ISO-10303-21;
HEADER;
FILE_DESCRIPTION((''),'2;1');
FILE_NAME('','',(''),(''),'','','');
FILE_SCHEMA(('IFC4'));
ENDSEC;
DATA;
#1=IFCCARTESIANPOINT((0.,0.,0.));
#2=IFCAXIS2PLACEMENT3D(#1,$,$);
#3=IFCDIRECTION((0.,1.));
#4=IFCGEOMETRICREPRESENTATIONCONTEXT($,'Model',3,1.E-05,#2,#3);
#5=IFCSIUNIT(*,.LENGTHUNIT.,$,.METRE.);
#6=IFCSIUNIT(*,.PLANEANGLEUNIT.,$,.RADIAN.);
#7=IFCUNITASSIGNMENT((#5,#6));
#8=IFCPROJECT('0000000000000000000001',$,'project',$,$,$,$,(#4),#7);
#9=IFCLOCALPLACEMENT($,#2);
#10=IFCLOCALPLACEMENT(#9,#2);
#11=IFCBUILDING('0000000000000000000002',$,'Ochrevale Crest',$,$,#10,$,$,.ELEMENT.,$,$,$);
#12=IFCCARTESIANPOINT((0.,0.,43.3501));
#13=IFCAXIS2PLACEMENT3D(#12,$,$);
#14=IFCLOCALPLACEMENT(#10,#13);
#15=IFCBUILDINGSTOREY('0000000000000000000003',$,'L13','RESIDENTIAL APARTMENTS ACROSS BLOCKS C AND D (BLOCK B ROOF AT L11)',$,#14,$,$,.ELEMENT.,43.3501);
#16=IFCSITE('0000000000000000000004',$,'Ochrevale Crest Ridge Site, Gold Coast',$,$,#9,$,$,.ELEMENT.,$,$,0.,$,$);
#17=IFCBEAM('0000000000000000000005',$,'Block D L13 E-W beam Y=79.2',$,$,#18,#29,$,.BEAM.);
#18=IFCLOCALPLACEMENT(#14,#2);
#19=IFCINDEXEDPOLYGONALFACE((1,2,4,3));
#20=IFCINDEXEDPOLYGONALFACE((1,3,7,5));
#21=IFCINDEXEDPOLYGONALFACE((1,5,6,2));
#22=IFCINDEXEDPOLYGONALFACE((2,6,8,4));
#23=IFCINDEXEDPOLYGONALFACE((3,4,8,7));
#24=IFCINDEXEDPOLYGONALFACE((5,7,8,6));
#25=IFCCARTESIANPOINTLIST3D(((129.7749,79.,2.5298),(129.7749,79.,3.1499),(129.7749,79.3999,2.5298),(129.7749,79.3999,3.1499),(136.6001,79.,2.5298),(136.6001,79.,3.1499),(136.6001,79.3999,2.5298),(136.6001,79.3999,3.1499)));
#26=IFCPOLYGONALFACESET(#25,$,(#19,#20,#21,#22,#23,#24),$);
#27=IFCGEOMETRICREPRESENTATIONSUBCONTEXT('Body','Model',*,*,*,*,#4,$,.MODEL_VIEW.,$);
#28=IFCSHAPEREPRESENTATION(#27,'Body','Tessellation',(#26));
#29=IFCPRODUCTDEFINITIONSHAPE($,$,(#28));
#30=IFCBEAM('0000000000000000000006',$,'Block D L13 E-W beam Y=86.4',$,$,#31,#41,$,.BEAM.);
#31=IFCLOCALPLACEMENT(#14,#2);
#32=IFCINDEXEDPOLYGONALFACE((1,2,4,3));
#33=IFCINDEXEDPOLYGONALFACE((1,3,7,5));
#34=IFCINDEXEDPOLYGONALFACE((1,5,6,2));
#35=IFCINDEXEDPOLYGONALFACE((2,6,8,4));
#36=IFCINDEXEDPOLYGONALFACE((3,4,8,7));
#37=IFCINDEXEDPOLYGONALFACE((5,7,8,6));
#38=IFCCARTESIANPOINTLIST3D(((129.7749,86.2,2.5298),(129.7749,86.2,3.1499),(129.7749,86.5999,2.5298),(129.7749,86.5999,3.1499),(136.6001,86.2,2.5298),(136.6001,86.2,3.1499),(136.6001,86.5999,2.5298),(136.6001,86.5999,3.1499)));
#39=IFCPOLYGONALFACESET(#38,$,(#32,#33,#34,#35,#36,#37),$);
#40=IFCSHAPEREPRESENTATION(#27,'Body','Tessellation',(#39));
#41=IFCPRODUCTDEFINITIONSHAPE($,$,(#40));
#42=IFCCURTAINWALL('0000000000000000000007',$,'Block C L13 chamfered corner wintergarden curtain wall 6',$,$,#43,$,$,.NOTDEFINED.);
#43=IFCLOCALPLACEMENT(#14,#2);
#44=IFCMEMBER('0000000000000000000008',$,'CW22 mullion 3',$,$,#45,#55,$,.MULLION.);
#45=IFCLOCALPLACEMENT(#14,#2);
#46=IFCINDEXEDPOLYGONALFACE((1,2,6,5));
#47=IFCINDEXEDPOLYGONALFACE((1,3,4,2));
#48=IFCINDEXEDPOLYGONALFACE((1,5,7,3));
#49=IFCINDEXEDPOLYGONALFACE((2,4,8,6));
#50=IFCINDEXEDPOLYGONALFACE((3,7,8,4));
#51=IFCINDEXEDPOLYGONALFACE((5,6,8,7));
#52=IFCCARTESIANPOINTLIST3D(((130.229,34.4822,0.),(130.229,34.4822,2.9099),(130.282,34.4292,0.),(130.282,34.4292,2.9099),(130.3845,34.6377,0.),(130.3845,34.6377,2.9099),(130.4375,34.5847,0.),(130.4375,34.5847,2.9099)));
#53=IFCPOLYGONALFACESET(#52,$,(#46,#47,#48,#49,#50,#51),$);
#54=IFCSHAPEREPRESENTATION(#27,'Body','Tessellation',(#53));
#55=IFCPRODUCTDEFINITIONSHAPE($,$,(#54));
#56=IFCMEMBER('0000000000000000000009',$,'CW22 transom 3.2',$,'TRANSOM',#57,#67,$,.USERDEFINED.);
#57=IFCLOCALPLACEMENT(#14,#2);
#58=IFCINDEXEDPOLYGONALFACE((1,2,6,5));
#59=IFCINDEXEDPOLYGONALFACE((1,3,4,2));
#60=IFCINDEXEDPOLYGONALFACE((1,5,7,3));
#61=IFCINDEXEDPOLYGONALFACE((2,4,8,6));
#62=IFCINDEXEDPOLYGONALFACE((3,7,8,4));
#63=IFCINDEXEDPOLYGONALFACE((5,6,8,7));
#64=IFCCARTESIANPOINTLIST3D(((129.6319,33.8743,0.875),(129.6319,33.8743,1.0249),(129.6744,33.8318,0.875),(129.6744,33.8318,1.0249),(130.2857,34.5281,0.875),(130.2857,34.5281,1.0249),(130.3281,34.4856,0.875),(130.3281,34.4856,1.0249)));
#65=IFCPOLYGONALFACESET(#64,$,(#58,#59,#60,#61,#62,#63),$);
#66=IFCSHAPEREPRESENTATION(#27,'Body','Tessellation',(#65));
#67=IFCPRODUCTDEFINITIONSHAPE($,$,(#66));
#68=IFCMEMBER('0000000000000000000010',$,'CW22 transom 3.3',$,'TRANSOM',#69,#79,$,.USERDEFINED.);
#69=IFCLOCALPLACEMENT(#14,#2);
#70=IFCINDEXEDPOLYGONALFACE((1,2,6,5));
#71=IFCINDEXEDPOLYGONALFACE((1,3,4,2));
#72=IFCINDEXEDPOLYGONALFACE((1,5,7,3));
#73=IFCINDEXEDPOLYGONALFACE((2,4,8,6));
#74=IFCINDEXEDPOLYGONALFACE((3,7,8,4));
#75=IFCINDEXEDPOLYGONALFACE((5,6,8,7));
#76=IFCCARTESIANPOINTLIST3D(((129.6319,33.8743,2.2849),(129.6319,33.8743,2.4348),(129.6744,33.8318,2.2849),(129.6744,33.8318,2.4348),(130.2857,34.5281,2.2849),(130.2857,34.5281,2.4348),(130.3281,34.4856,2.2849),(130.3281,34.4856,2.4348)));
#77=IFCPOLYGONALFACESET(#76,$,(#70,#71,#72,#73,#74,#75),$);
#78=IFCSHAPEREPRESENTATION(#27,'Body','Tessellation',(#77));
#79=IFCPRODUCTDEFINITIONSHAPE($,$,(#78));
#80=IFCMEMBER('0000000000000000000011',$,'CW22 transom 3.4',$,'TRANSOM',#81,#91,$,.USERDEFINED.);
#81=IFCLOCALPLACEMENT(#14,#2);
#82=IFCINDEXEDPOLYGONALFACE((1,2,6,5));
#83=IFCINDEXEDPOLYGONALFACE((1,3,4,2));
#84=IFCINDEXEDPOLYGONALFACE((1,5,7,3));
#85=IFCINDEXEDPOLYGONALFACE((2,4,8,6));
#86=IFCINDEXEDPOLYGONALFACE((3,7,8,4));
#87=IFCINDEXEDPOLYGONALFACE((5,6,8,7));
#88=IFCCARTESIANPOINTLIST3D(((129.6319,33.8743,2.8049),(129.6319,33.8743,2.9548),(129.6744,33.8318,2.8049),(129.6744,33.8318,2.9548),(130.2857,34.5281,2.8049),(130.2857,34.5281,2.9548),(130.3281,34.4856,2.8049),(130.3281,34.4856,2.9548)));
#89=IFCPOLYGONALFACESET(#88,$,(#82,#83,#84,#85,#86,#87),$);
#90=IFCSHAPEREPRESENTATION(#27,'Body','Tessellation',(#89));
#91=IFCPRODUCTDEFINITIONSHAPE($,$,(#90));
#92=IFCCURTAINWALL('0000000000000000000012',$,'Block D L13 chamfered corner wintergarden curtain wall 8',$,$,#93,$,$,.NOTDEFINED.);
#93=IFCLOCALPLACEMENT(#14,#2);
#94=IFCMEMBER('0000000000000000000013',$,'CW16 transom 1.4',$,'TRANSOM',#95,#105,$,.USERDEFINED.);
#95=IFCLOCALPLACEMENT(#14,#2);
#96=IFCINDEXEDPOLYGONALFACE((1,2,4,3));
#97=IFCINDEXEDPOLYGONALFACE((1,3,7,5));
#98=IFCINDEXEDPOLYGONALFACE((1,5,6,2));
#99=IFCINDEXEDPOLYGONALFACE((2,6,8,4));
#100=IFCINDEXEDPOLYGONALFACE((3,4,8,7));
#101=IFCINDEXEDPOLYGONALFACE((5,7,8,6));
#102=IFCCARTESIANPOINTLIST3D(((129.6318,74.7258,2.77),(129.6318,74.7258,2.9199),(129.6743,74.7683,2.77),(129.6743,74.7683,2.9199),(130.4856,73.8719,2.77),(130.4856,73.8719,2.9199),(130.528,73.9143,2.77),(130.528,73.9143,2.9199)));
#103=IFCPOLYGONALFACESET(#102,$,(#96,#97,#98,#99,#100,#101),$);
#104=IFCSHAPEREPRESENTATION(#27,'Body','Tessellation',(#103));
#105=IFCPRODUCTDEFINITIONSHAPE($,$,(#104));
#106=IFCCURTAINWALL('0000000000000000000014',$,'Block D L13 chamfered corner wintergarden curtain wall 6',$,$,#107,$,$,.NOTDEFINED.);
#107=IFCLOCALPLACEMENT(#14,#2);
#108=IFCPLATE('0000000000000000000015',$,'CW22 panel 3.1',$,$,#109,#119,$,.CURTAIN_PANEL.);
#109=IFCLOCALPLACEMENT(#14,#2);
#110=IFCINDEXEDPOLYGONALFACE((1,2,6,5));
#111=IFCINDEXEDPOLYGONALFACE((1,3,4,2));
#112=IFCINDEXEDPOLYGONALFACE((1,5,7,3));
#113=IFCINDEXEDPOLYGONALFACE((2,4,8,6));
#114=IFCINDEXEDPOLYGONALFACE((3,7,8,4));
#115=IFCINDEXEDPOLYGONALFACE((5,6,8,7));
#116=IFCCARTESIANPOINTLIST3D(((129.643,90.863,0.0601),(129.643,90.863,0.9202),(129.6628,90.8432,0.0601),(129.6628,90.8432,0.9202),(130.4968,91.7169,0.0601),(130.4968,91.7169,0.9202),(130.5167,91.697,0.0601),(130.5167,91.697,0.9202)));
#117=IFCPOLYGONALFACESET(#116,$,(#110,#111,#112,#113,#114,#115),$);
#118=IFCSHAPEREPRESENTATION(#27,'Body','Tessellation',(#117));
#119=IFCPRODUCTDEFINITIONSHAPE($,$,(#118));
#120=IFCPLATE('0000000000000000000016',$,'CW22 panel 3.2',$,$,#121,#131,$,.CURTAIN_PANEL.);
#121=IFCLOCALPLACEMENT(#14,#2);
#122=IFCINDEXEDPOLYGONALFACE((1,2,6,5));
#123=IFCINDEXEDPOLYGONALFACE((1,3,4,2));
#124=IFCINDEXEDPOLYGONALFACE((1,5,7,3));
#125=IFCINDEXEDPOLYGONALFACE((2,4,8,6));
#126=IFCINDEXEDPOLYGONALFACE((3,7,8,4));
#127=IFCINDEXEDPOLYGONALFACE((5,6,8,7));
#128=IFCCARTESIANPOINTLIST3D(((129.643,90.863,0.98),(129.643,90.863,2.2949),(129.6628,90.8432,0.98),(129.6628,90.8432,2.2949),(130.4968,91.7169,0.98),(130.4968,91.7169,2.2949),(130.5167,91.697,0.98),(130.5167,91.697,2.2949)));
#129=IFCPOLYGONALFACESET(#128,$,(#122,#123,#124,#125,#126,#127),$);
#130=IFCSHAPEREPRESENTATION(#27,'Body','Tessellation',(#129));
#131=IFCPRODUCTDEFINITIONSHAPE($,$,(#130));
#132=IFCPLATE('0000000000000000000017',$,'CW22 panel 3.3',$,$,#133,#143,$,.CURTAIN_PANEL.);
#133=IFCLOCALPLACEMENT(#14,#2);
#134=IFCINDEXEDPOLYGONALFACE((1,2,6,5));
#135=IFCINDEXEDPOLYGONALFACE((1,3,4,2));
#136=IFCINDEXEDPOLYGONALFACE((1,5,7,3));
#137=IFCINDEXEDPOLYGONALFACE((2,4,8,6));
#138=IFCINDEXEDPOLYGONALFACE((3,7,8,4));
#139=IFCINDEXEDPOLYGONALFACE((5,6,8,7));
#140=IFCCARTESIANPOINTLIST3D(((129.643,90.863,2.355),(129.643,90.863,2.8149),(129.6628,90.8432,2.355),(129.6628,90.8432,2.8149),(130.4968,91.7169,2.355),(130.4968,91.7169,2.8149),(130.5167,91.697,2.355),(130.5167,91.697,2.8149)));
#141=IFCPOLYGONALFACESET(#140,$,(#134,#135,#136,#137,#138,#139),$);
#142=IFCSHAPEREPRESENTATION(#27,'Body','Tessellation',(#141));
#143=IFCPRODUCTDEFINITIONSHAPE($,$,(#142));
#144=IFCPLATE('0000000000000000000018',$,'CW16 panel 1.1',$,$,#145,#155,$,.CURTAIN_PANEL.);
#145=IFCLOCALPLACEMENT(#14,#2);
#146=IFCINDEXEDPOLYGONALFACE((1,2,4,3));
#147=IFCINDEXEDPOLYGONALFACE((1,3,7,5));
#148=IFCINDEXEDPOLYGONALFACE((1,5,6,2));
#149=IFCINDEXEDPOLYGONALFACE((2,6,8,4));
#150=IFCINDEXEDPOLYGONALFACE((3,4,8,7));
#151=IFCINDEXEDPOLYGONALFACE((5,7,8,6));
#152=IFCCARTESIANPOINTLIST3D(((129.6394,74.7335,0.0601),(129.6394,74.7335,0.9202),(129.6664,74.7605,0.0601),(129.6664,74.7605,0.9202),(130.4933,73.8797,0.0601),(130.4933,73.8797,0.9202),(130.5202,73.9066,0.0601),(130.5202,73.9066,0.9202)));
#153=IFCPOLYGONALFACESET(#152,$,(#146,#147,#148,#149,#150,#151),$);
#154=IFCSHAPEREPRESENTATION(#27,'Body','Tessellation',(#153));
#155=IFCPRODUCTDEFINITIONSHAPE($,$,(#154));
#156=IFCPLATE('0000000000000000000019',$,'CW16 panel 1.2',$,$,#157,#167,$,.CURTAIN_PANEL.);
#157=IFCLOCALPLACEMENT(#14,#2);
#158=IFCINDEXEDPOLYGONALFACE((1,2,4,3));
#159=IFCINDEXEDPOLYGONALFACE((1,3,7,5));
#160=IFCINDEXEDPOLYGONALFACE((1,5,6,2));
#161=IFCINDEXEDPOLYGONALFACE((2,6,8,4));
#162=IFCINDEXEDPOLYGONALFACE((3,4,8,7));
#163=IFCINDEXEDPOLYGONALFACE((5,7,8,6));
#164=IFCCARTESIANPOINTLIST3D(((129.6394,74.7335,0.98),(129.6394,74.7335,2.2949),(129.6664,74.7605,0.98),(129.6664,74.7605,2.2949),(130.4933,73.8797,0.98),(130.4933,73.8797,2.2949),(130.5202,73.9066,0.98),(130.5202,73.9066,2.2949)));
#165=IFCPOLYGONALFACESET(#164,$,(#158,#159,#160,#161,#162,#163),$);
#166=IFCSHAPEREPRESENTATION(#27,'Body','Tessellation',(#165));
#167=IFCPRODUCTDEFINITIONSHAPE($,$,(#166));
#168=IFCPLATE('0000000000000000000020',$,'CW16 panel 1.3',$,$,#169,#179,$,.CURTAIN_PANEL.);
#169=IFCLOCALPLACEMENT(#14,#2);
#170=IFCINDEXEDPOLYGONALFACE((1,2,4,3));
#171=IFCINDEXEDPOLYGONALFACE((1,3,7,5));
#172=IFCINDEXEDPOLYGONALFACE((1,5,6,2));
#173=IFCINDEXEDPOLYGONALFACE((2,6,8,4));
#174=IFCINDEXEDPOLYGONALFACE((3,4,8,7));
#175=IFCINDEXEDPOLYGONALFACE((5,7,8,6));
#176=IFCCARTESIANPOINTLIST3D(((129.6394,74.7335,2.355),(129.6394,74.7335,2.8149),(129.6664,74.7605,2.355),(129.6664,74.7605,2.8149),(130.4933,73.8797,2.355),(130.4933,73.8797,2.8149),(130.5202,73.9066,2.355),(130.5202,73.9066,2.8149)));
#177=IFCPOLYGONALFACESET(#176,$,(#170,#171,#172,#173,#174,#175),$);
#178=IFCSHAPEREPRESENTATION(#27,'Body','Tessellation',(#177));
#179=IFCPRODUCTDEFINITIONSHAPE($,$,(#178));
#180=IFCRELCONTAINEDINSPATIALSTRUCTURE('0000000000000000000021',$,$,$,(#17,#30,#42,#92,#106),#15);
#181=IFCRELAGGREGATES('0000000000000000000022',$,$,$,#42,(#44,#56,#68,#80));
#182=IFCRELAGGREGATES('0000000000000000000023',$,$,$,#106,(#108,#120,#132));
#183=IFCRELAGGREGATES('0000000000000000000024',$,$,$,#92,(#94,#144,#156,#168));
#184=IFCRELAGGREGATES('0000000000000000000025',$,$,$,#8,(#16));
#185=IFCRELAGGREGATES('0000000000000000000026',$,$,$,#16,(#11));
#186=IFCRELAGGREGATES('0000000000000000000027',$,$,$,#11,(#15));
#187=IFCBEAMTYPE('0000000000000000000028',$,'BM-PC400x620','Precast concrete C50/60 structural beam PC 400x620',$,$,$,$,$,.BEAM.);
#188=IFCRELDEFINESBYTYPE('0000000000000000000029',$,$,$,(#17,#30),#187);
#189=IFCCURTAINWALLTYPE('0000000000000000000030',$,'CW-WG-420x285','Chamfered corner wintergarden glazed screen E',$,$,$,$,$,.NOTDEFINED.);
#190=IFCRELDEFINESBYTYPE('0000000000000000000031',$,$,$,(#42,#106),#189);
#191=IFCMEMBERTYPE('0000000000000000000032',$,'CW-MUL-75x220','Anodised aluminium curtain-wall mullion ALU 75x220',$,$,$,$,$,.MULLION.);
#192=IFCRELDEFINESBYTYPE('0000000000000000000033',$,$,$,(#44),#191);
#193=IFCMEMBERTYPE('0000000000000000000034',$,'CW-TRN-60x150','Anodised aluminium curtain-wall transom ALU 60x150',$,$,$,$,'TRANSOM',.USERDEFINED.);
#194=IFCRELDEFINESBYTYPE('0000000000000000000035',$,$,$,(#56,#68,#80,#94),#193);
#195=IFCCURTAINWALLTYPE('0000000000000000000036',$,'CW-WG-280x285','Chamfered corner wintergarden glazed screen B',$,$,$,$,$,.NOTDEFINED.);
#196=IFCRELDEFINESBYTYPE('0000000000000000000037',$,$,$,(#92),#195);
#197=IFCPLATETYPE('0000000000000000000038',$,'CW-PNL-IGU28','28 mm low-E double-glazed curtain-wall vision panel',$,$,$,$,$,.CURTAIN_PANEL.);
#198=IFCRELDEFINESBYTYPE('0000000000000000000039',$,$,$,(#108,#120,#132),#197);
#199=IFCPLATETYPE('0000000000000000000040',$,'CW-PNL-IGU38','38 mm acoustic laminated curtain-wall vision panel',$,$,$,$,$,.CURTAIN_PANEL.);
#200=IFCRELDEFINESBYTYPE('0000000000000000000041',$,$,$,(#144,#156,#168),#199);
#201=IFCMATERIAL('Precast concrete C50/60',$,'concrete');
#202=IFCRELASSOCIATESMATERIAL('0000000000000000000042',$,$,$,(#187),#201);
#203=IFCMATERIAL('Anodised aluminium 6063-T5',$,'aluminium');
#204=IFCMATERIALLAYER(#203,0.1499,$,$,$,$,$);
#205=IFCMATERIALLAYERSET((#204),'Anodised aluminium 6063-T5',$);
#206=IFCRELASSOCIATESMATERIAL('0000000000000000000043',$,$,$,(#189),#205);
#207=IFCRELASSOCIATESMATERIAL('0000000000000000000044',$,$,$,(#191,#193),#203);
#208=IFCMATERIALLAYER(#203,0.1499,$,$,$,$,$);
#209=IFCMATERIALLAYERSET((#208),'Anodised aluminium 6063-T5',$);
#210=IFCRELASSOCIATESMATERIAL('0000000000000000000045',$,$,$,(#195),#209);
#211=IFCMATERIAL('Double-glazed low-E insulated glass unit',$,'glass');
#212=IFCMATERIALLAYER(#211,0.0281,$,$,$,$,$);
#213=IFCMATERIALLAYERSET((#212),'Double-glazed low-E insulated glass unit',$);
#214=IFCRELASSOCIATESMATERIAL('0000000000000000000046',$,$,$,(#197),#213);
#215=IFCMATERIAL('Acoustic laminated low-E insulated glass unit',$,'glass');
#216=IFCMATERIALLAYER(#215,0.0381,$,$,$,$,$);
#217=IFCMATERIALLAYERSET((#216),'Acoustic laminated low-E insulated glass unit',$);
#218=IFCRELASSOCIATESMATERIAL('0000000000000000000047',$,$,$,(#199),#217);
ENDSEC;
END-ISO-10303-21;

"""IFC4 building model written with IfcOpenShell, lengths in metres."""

from ifc_helpers import new_model, si_unit, direction, frame, origin, origin_2d, place, context, subcontext, project, spatial, rectangle, extrude, material, layer, layer_set, material_profile, profile_set, type_object, element, aggregate, save


model = new_model("IFC4")

# Units and contexts
model_context = context("Model", 3, precision=1e-05, world=origin(), true_north=direction((0.0, 1.0)))
body_context = subcontext(model_context, "Body", "Model", "MODEL_VIEW")
ifc_project = project(units=[si_unit("LENGTHUNIT", "METRE"), si_unit("PLANEANGLEUNIT", "RADIAN")], contexts=[model_context])

# Site, building, storey
site_placement = place(None, origin())
site = spatial("IfcSite", under=ifc_project, at=site_placement, Name="Ochrevale Crest Ridge Site, Gold Coast", CompositionType="ELEMENT", RefElevation=0.0)
building_placement = place(site_placement, origin())
building = spatial("IfcBuilding", under=site, at=building_placement, Name="Ochrevale Crest", CompositionType="ELEMENT")
storey_placement = place(building_placement, frame((0.0, 0.0, 43.3501)))
storey = spatial("IfcBuildingStorey", under=building, at=storey_placement, Name="L13", Description="RESIDENTIAL APARTMENTS ACROSS BLOCKS C AND D (BLOCK B ROOF AT L11)", CompositionType="ELEMENT", Elevation=43.3501)

# Beams
ifc_material_1 = material(Name="Precast concrete C50/60", Category="concrete")
ifc_material_profile_1 = material_profile(ifc_material_1, rectangle(XDim=0.3999, YDim=0.6201, at=origin_2d()), Name="PC 400x620")
ifc_profile_set_1 = profile_set([ifc_material_profile_1], Name="Precast concrete C50/60")
beam_type = type_object("IfcBeamType", Name="BM-PC400x620", Description="Precast concrete C50/60 structural beam PC 400x620", PredefinedType="BEAM", material=ifc_profile_set_1)
for number, where, z_axis, x_axis, name in (
    (1, (129.7749, 79.2, 2.8398), (1.0, 0.0, 0.0), (0.0, 1.0, 0.0), "Block D L13 E-W beam Y=79.2"),
    (2, (129.7749, 86.3999, 2.8398), (1.0, 0.0, 0.0), (0.0, 1.0, 0.0), "Block D L13 E-W beam Y=86.4"),
):
    element("IfcBeam", number, at=place(storey_placement, frame(where, z_axis=z_axis, x_axis=x_axis)), inside=storey, type_object=beam_type, Name=name, PredefinedType="BEAM", context=body_context, shape_type="SweptSolid", body=[
        extrude(rectangle(XDim=0.3999, YDim=0.6201, at=origin_2d()), origin(), (0.0, 0.0, 1.0), 6.8252),
    ])

# Curtain wall, members
ifc_material_2 = material(Name="Anodised aluminium 6063-T5", Category="aluminium")
ifc_layer_1 = layer(ifc_material_2, 0.1499)
ifc_layer_set_1 = layer_set([ifc_layer_1], Name="Anodised aluminium 6063-T5")
curtain_wall_type_1 = type_object("IfcCurtainWallType", Name="CW-WG-420x285", Description="Chamfered corner wintergarden glazed screen E", PredefinedType="NOTDEFINED", material=ifc_layer_set_1)
curtain_wall_1_placement = place(storey_placement, origin())
curtain_wall_1 = element("IfcCurtainWall", 3, at=curtain_wall_1_placement, inside=storey, type_object=curtain_wall_type_1, Name="Block C L13 chamfered corner wintergarden curtain wall 6", PredefinedType="NOTDEFINED")
ifc_material_profile_2 = material_profile(ifc_material_2, rectangle(XDim=0.075, YDim=0.22, at=origin_2d()), Name="ALU 75x220")
ifc_profile_set_2 = profile_set([ifc_material_profile_2], Name="Anodised aluminium 6063-T5")
member_type_1 = type_object("IfcMemberType", Name="CW-MUL-75x220", Description="Anodised aluminium curtain-wall mullion ALU 75x220", PredefinedType="MULLION", material=ifc_profile_set_2)
member_1_placement = place(storey_placement, frame((130.3333, 34.5334, 0.0), z_axis=(0.0, 0.0, 1.0), x_axis=(0.707107, -0.707107, 0.0)))
member_1 = element("IfcMember", 4, at=member_1_placement, type_object=member_type_1, Name="CW22 mullion 3", PredefinedType="MULLION", context=body_context, shape_type="SweptSolid", body=[
    extrude(rectangle(XDim=0.075, YDim=0.22, at=origin_2d()), origin(), (0.0, 0.0, 1.0), 2.9099),
])
ifc_material_profile_3 = material_profile(ifc_material_2, rectangle(XDim=0.0601, YDim=0.1499, at=origin_2d()), Name="ALU 60x150")
ifc_profile_set_3 = profile_set([ifc_material_profile_3], Name="Anodised aluminium 6063-T5")
member_type_2 = type_object("IfcMemberType", Name="CW-TRN-60x150", Description="Anodised aluminium curtain-wall transom ALU 60x150", ElementType="TRANSOM", PredefinedType="USERDEFINED", material=ifc_profile_set_3)
member_2_placement = place(storey_placement, frame((130.3069, 34.5068, 0.95), z_axis=(-0.707107, -0.707107, 0.0), x_axis=(0.707107, -0.707107, 0.0)))
member_2 = element("IfcMember", 5, at=member_2_placement, type_object=member_type_2, Name="CW22 transom 3.2", ObjectType="TRANSOM", PredefinedType="USERDEFINED", context=body_context, shape_type="SweptSolid", body=[
    extrude(rectangle(XDim=0.0601, YDim=0.1499, at=origin_2d()), origin(), (0.0, 0.0, 1.0), 0.9246),
])
member_3_placement = place(storey_placement, frame((130.3069, 34.5068, 2.3599), z_axis=(-0.707107, -0.707107, 0.0), x_axis=(0.707107, -0.707107, 0.0)))
member_3 = element("IfcMember", 6, at=member_3_placement, type_object=member_type_2, Name="CW22 transom 3.3", ObjectType="TRANSOM", PredefinedType="USERDEFINED", context=body_context, shape_type="SweptSolid", body=[
    extrude(rectangle(XDim=0.0601, YDim=0.1499, at=origin_2d()), origin(), (0.0, 0.0, 1.0), 0.9246),
])
member_4_placement = place(storey_placement, frame((130.3069, 34.5068, 2.8799), z_axis=(-0.707107, -0.707107, 0.0), x_axis=(0.707107, -0.707107, 0.0)))
member_4 = element("IfcMember", 7, at=member_4_placement, type_object=member_type_2, Name="CW22 transom 3.4", ObjectType="TRANSOM", PredefinedType="USERDEFINED", context=body_context, shape_type="SweptSolid", body=[
    extrude(rectangle(XDim=0.0601, YDim=0.1499, at=origin_2d()), origin(), (0.0, 0.0, 1.0), 0.9246),
])
aggregate(curtain_wall_1, [member_1, member_2, member_3, member_4])

# Curtain wall, member
ifc_layer_2 = layer(ifc_material_2, 0.1499)
ifc_layer_set_2 = layer_set([ifc_layer_2], Name="Anodised aluminium 6063-T5")
curtain_wall_type_2 = type_object("IfcCurtainWallType", Name="CW-WG-280x285", Description="Chamfered corner wintergarden glazed screen B", PredefinedType="NOTDEFINED", material=ifc_layer_set_2)
curtain_wall_2_placement = place(storey_placement, origin())
curtain_wall_2 = element("IfcCurtainWall", 8, at=curtain_wall_2_placement, inside=storey, type_object=curtain_wall_type_2, Name="Block D L13 chamfered corner wintergarden curtain wall 8", PredefinedType="NOTDEFINED")
member_5_placement = place(storey_placement, frame((129.6531, 74.7471, 2.845), z_axis=(0.707006, -0.707208, 0.0), x_axis=(0.707208, 0.707006, 0.0)))
member_5 = element("IfcMember", 9, at=member_5_placement, type_object=member_type_2, Name="CW16 transom 1.4", ObjectType="TRANSOM", PredefinedType="USERDEFINED", context=body_context, shape_type="SweptSolid", body=[
    extrude(rectangle(XDim=0.0601, YDim=0.1499, at=origin_2d()), origin(), (0.0, 0.0, 1.0), 1.2075),
])

# Curtain wall, plates
curtain_wall_3_placement = place(storey_placement, origin())
curtain_wall_3 = element("IfcCurtainWall", 10, at=curtain_wall_3_placement, inside=storey, type_object=curtain_wall_type_1, Name="Block D L13 chamfered corner wintergarden curtain wall 6", PredefinedType="NOTDEFINED")
ifc_material_3 = material(Name="Double-glazed low-E insulated glass unit", Category="glass")
ifc_layer_3 = layer(ifc_material_3, 0.0281)
ifc_layer_set_3 = layer_set([ifc_layer_3], Name="Double-glazed low-E insulated glass unit")
plate_type_1 = type_object("IfcPlateType", Name="CW-PNL-IGU28", Description="28 mm low-E double-glazed curtain-wall vision panel", PredefinedType="CURTAIN_PANEL", material=ifc_layer_set_3)
plate_1_placement = place(storey_placement, frame((130.0798, 91.28, 0.0601), z_axis=(0.0, 0.0, 1.0), x_axis=(-0.707107, -0.707107, 0.0)))
plate_1 = element("IfcPlate", 11, at=plate_1_placement, type_object=plate_type_1, Name="CW22 panel 3.1", PredefinedType="CURTAIN_PANEL", context=body_context, shape_type="SweptSolid", body=[
    extrude(rectangle(XDim=1.2075, YDim=0.0281, at=origin_2d()), origin(), (0.0, 0.0, 1.0), 0.8601),
])
plate_2_placement = place(storey_placement, frame((130.0798, 91.28, 0.98), z_axis=(0.0, 0.0, 1.0), x_axis=(-0.707107, -0.707107, 0.0)))
plate_2 = element("IfcPlate", 12, at=plate_2_placement, type_object=plate_type_1, Name="CW22 panel 3.2", PredefinedType="CURTAIN_PANEL", context=body_context, shape_type="SweptSolid", body=[
    extrude(rectangle(XDim=1.2075, YDim=0.0281, at=origin_2d()), origin(), (0.0, 0.0, 1.0), 1.3149),
])
plate_3_placement = place(storey_placement, frame((130.0798, 91.28, 2.355), z_axis=(0.0, 0.0, 1.0), x_axis=(-0.707107, -0.707107, 0.0)))
plate_3 = element("IfcPlate", 13, at=plate_3_placement, type_object=plate_type_1, Name="CW22 panel 3.3", PredefinedType="CURTAIN_PANEL", context=body_context, shape_type="SweptSolid", body=[
    extrude(rectangle(XDim=1.2075, YDim=0.0281, at=origin_2d()), origin(), (0.0, 0.0, 1.0), 0.46),
])
aggregate(curtain_wall_3, [plate_1, plate_2, plate_3])

# Plates
ifc_material_4 = material(Name="Acoustic laminated low-E insulated glass unit", Category="glass")
ifc_layer_4 = layer(ifc_material_4, 0.0381)
ifc_layer_set_4 = layer_set([ifc_layer_4], Name="Acoustic laminated low-E insulated glass unit")
plate_type_2 = type_object("IfcPlateType", Name="CW-PNL-IGU38", Description="38 mm acoustic laminated curtain-wall vision panel", PredefinedType="CURTAIN_PANEL", material=ifc_layer_set_4)
plate_4_placement = place(storey_placement, frame((130.0798, 74.3201, 0.0601), z_axis=(0.0, 0.0, 1.0), x_axis=(0.707107, -0.707107, 0.0)))
plate_4 = element("IfcPlate", 14, at=plate_4_placement, type_object=plate_type_2, Name="CW16 panel 1.1", PredefinedType="CURTAIN_PANEL", context=body_context, shape_type="SweptSolid", body=[
    extrude(rectangle(XDim=1.2075, YDim=0.0381, at=origin_2d()), origin(), (0.0, 0.0, 1.0), 0.8601),
])
plate_5_placement = place(storey_placement, frame((130.0798, 74.3201, 0.98), z_axis=(0.0, 0.0, 1.0), x_axis=(0.707107, -0.707107, 0.0)))
plate_5 = element("IfcPlate", 15, at=plate_5_placement, type_object=plate_type_2, Name="CW16 panel 1.2", PredefinedType="CURTAIN_PANEL", context=body_context, shape_type="SweptSolid", body=[
    extrude(rectangle(XDim=1.2075, YDim=0.0381, at=origin_2d()), origin(), (0.0, 0.0, 1.0), 1.3149),
])
plate_6_placement = place(storey_placement, frame((130.0798, 74.3201, 2.355), z_axis=(0.0, 0.0, 1.0), x_axis=(0.707107, -0.707107, 0.0)))
plate_6 = element("IfcPlate", 16, at=plate_6_placement, type_object=plate_type_2, Name="CW16 panel 1.3", PredefinedType="CURTAIN_PANEL", context=body_context, shape_type="SweptSolid", body=[
    extrude(rectangle(XDim=1.2075, YDim=0.0381, at=origin_2d()), origin(), (0.0, 0.0, 1.0), 0.46),
])
aggregate(curtain_wall_2, [member_5, plate_4, plate_5, plate_6])

save(model, "model.ifc")
